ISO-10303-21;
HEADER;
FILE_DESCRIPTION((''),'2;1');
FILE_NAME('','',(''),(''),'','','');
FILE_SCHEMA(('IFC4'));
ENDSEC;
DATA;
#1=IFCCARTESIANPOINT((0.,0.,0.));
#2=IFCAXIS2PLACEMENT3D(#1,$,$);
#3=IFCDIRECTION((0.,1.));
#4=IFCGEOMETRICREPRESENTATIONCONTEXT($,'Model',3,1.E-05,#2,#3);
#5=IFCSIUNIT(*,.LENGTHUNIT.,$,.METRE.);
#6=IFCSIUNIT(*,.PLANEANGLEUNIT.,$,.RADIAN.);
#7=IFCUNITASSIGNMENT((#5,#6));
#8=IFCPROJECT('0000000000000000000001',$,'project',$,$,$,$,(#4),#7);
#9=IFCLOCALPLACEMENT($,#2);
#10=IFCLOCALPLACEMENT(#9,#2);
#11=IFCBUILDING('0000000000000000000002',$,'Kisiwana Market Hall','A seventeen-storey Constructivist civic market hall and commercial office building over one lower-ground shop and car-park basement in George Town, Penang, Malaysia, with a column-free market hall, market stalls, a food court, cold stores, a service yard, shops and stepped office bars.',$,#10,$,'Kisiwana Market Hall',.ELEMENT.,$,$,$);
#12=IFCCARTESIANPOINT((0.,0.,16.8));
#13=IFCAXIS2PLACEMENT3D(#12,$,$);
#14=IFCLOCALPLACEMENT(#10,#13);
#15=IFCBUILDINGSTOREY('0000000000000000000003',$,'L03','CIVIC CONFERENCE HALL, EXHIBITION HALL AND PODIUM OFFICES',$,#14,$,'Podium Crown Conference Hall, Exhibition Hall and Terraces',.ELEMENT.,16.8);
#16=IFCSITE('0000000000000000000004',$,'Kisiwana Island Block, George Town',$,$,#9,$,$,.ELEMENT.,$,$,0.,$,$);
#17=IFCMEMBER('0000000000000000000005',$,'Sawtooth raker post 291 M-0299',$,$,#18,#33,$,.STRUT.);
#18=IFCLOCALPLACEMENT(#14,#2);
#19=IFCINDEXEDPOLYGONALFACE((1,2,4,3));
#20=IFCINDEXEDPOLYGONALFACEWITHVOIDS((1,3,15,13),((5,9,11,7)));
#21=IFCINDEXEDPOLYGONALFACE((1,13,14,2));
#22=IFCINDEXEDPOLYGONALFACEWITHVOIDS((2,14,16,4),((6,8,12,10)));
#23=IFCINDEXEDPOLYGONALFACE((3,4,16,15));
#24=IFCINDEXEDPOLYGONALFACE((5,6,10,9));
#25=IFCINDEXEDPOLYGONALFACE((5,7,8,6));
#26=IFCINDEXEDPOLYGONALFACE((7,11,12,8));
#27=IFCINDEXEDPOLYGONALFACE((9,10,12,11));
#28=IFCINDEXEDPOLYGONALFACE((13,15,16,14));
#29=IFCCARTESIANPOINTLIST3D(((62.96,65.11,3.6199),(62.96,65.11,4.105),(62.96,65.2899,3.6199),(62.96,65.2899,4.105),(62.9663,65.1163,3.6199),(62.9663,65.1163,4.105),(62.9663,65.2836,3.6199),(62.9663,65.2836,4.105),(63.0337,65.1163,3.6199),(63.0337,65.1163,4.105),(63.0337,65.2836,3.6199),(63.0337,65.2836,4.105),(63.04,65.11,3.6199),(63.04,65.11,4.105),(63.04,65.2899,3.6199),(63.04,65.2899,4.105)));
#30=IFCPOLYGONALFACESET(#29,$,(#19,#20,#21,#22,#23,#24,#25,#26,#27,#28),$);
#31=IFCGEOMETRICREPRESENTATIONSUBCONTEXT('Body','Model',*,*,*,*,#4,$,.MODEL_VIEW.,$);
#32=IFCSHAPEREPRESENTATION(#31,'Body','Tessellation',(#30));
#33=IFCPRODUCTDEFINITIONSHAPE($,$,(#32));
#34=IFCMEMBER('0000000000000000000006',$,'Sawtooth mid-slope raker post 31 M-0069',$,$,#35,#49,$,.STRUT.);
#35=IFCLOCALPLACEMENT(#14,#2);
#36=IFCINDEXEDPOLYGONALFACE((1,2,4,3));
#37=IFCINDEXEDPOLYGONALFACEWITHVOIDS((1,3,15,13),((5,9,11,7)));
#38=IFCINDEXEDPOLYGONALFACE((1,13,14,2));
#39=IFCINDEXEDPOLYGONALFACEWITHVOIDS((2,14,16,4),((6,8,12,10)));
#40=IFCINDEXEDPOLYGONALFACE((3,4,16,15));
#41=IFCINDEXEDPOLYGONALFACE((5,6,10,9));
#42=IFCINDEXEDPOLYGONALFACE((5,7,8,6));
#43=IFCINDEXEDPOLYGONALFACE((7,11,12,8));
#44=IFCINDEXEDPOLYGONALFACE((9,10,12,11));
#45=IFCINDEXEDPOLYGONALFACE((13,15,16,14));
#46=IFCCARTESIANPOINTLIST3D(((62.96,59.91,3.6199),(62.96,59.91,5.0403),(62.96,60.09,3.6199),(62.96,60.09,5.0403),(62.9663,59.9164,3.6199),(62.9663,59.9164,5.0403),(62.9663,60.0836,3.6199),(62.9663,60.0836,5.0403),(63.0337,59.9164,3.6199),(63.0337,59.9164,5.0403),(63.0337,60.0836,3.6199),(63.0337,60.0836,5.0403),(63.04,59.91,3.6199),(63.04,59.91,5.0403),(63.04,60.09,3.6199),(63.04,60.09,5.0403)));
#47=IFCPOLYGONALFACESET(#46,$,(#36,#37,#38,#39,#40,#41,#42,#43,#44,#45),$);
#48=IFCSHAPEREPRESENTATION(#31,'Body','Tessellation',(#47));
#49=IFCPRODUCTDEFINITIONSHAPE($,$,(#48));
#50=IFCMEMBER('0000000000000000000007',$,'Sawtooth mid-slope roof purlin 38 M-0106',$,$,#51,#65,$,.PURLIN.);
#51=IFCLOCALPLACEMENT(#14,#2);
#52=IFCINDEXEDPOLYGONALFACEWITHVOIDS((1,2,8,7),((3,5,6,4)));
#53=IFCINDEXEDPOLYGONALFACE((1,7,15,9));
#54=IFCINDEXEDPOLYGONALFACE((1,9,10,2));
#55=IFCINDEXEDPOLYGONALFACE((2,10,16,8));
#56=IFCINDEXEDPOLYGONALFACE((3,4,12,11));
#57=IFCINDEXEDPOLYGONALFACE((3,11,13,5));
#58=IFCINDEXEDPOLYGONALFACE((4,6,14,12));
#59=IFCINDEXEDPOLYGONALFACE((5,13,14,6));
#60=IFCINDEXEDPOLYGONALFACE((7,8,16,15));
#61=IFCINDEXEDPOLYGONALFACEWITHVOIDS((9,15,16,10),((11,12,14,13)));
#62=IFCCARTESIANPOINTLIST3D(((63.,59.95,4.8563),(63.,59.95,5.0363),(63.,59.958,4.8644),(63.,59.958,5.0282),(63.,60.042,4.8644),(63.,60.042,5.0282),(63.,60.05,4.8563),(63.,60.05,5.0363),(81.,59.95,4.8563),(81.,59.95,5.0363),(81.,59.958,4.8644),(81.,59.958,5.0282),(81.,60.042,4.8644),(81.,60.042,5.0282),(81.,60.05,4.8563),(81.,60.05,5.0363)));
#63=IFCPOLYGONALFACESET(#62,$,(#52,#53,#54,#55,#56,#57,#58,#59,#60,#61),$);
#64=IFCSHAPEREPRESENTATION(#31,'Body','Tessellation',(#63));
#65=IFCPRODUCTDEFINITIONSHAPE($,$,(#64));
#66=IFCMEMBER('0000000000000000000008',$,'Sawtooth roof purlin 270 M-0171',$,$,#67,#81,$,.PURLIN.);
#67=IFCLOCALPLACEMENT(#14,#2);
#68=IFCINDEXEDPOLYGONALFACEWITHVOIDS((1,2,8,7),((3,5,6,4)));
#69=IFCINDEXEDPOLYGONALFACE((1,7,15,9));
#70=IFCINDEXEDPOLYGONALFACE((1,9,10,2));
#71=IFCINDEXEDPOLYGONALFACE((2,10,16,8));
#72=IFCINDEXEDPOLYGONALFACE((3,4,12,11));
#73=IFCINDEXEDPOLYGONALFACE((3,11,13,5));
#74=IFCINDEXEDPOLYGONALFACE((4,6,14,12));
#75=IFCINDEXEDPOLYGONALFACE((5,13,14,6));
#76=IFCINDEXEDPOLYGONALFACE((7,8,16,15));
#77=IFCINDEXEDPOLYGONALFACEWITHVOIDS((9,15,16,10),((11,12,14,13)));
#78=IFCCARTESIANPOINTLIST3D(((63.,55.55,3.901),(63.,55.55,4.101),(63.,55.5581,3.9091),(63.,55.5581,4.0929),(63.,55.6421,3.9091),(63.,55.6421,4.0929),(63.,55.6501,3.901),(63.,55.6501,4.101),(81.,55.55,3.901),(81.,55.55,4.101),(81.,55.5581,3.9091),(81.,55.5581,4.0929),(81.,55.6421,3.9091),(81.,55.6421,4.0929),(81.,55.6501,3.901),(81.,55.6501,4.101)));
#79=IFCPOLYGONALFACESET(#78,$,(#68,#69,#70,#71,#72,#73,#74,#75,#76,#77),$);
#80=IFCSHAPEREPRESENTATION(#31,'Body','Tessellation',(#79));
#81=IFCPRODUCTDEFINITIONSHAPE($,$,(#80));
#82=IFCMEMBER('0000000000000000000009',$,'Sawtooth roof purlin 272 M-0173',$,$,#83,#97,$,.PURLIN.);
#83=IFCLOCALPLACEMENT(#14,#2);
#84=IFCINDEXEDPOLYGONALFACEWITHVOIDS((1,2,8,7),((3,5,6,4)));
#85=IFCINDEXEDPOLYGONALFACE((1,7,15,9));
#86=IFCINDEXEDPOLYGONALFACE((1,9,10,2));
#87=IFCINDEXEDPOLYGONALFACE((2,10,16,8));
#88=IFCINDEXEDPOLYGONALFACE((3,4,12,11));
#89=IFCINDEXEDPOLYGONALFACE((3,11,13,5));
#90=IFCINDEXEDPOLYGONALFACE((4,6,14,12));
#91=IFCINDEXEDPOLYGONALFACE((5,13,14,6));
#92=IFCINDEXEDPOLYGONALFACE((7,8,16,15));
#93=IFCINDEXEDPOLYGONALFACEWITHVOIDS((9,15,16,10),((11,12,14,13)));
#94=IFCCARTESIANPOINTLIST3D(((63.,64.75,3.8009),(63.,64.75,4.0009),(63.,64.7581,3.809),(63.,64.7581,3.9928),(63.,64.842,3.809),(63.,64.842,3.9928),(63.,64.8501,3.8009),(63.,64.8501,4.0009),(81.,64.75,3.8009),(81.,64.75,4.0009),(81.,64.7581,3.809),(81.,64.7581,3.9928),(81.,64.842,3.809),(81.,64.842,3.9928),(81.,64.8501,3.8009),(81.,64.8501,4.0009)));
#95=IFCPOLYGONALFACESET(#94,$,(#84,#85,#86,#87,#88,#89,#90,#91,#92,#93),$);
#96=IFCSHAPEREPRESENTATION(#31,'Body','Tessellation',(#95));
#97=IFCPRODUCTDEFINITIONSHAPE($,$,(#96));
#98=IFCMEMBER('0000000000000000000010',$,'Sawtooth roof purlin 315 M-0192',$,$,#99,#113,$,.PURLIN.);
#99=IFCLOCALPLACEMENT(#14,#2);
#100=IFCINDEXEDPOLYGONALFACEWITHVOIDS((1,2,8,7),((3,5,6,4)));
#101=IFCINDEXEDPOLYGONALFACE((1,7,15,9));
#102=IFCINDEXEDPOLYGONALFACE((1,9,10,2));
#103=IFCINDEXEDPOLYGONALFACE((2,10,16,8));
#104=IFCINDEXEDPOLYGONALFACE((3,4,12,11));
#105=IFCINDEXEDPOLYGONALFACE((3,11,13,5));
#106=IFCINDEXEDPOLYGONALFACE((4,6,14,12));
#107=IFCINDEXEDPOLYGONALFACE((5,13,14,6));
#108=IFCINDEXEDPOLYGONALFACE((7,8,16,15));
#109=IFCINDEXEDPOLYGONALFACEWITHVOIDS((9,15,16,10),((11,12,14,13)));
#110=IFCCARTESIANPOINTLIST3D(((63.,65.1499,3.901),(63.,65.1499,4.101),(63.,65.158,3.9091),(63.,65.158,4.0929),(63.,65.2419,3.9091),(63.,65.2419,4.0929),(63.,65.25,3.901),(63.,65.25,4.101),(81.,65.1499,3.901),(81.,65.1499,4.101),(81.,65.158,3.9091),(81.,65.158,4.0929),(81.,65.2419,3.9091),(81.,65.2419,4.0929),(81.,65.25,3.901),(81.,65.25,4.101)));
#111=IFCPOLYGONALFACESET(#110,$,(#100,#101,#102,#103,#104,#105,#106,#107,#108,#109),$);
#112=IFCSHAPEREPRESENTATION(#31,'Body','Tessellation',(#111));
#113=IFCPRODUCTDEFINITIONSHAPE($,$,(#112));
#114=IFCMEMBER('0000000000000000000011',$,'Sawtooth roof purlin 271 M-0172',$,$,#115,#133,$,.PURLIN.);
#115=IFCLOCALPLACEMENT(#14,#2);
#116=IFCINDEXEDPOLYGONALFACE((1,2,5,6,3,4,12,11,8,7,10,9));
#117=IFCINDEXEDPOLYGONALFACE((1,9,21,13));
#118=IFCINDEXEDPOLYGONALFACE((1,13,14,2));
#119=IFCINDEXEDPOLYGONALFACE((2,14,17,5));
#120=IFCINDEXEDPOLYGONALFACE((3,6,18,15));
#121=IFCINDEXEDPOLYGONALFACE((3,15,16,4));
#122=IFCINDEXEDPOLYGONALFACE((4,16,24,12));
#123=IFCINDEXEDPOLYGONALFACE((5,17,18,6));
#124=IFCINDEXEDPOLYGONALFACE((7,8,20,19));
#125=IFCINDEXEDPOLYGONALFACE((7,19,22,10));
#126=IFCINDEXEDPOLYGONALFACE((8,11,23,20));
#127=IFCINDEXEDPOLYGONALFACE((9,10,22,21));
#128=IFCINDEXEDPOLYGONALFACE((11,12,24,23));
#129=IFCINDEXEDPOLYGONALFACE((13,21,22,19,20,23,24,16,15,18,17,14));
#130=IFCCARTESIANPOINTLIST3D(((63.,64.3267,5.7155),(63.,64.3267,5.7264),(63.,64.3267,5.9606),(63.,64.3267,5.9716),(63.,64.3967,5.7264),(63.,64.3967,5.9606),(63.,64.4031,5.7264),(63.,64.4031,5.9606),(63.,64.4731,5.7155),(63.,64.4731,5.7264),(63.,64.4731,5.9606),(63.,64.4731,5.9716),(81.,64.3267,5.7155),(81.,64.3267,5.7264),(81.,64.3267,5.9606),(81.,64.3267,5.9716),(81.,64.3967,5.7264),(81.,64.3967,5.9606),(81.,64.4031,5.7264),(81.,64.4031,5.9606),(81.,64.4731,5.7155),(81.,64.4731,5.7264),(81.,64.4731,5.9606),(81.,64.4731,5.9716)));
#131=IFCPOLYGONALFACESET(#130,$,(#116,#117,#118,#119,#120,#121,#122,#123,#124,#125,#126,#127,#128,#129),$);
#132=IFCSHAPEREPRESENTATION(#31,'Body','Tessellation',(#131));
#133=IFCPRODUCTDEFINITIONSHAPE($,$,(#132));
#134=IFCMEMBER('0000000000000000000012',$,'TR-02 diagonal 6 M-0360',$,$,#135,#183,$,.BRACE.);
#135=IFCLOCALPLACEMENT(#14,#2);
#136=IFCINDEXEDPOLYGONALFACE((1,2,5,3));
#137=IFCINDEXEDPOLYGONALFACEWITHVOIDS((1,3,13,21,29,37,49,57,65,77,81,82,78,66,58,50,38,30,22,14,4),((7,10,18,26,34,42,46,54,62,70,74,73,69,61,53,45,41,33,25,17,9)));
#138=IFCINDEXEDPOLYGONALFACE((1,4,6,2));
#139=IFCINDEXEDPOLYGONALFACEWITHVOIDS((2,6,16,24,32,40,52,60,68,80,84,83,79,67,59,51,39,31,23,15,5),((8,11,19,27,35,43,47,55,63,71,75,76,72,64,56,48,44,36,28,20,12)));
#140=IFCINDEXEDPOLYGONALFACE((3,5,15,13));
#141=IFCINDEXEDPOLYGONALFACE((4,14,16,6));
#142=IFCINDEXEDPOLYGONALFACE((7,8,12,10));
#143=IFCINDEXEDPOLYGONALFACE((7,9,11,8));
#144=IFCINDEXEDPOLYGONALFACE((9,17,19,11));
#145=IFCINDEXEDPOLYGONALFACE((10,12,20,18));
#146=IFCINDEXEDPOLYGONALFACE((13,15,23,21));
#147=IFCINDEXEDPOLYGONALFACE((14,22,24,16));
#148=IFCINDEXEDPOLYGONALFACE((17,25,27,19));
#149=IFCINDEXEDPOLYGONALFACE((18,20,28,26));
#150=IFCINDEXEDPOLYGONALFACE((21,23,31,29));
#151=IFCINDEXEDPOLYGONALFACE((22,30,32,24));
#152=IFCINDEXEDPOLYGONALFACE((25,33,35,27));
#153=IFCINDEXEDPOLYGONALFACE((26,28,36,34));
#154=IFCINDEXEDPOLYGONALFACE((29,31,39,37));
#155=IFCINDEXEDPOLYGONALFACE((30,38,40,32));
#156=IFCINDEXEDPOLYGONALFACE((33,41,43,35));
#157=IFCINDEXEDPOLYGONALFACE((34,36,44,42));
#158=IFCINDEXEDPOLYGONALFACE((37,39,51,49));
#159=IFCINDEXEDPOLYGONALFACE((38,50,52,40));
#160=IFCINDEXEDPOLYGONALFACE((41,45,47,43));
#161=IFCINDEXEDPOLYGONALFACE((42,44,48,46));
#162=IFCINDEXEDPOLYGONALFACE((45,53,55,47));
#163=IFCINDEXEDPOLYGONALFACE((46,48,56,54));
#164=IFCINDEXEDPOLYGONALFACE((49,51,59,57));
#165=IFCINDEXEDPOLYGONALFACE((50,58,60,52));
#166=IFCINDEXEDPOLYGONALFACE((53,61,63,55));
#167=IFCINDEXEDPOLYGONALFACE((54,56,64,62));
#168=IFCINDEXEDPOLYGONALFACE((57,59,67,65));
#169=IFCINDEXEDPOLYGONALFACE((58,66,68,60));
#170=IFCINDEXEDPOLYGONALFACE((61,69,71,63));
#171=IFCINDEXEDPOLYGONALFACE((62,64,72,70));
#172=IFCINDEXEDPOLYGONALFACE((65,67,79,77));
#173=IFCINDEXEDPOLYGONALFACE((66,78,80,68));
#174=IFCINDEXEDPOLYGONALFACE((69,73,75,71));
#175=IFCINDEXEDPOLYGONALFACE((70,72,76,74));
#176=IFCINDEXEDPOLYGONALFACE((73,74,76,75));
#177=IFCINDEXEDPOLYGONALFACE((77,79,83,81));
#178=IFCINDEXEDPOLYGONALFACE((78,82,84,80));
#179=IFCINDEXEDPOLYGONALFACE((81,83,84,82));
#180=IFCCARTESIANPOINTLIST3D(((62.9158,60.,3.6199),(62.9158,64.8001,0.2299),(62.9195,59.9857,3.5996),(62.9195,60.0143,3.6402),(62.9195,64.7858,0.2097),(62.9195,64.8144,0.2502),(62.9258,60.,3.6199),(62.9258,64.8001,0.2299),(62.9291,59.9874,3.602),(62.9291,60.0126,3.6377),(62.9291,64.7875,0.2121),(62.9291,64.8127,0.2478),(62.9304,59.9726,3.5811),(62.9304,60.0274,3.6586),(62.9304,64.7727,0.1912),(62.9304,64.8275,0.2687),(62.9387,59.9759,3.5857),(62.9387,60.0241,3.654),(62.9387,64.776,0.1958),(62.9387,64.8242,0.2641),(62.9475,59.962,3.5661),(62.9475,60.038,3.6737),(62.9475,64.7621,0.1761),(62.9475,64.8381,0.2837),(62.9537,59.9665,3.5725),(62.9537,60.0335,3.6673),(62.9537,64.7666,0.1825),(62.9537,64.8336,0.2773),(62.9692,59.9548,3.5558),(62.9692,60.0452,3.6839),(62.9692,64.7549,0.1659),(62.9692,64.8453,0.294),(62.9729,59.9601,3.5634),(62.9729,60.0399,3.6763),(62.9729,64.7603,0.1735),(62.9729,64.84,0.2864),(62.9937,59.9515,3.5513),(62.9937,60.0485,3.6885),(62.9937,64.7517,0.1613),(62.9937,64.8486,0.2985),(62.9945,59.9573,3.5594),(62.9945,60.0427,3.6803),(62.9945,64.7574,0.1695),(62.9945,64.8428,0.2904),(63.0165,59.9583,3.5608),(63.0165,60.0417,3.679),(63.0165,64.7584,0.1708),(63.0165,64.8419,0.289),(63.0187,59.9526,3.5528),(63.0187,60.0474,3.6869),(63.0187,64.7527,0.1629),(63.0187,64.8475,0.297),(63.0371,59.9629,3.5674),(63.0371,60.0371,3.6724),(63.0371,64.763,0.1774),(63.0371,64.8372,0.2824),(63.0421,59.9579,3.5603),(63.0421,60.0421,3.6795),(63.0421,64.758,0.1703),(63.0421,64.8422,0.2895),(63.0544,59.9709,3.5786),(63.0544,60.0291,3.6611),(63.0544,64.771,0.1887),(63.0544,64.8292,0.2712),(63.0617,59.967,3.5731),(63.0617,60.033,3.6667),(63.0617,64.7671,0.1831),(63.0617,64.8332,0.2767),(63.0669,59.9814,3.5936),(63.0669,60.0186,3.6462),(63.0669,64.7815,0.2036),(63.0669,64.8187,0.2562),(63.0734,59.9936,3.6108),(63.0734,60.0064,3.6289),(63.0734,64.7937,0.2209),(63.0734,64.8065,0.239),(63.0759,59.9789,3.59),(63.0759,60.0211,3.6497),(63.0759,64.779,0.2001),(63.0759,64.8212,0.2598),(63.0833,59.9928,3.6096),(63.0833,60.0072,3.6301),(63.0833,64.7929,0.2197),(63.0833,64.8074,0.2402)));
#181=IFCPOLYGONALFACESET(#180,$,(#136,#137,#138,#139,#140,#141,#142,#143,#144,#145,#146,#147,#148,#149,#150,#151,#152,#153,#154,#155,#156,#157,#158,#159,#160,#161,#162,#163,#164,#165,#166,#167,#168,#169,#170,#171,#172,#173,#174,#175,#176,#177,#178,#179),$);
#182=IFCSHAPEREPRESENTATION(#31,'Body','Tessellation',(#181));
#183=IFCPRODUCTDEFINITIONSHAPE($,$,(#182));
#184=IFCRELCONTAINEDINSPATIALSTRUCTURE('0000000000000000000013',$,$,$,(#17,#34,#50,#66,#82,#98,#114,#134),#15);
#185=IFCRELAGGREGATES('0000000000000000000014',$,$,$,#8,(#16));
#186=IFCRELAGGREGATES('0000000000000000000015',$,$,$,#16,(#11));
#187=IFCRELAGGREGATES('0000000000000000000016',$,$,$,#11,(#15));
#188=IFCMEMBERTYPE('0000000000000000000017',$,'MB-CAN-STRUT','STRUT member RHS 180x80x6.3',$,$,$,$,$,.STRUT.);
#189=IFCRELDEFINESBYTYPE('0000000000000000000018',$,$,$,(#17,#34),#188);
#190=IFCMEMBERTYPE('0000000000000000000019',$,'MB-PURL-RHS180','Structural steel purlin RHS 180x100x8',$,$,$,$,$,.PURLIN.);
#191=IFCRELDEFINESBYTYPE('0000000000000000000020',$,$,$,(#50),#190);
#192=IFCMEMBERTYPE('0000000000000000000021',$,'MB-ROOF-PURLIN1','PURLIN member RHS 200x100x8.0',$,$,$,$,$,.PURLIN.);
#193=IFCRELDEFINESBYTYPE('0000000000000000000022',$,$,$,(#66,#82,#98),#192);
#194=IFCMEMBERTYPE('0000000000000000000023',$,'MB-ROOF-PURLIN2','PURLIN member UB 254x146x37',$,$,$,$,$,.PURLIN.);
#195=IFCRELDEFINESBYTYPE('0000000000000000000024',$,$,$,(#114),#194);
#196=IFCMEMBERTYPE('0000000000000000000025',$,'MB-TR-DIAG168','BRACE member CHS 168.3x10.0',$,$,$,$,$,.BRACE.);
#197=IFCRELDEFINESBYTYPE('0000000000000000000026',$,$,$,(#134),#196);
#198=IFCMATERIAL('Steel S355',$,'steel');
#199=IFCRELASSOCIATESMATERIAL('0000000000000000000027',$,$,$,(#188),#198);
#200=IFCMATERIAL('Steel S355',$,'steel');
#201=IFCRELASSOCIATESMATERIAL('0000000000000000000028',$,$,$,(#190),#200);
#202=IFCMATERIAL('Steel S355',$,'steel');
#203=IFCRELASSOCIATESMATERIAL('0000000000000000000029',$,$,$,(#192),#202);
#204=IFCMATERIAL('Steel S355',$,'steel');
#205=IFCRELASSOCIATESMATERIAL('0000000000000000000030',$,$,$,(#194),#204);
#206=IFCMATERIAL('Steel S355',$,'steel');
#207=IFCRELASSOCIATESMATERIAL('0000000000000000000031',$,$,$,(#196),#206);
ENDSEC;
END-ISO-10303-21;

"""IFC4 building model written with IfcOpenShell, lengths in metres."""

from ifc_helpers import new_model, si_unit, direction, frame, origin, origin_2d, place, context, subcontext, project, spatial, hollow_rectangle, hollow_circle, i_section, extrude, material, material_profile, profile_set, type_object, element, save


model = new_model("IFC4")

# Units and contexts
model_context = context("Model", 3, precision=1e-05, world=origin(), true_north=direction((0.0, 1.0)))
body_context = subcontext(model_context, "Body", "Model", "MODEL_VIEW")
ifc_project = project(units=[si_unit("LENGTHUNIT", "METRE"), si_unit("PLANEANGLEUNIT", "RADIAN")], contexts=[model_context])

# Site, building, storey
site_placement = place(None, origin())
site = spatial("IfcSite", under=ifc_project, at=site_placement, Name="Kisiwana Island Block, George Town", CompositionType="ELEMENT", RefElevation=0.0)
building_placement = place(site_placement, origin())
building = spatial("IfcBuilding", under=site, at=building_placement, Name="Kisiwana Market Hall", Description="A seventeen-storey Constructivist civic market hall and commercial office building over one lower-ground shop and car-park basement in George Town, Penang, Malaysia, with a column-free market hall, market stalls, a food court, cold stores, a service yard, shops and stepped office bars.", LongName="Kisiwana Market Hall", CompositionType="ELEMENT")
storey_placement = place(building_placement, frame((0.0, 0.0, 16.8)))
storey = spatial("IfcBuildingStorey", under=building, at=storey_placement, Name="L03", Description="CIVIC CONFERENCE HALL, EXHIBITION HALL AND PODIUM OFFICES", LongName="Podium Crown Conference Hall, Exhibition Hall and Terraces", CompositionType="ELEMENT", Elevation=16.8)

# Members
ifc_material_1 = material(Name="Steel S355", Category="steel")
ifc_material_profile_1 = material_profile(ifc_material_1, hollow_rectangle(XDim=0.0801, YDim=0.1799, WallThickness=0.0063, at=origin_2d()), Name="RHS 180x80x6.3")
ifc_profile_set_1 = profile_set([ifc_material_profile_1], Name="Steel S355")
member_type_1 = type_object("IfcMemberType", Name="MB-CAN-STRUT", Description="STRUT member RHS 180x80x6.3", PredefinedType="STRUT", material=ifc_profile_set_1)
member_1_placement = place(storey_placement, frame((63.0, 65.2, 3.6199), z_axis=(0.0, 0.0, 1.0), x_axis=(1.0, 0.0, 0.0)))
element("IfcMember", 1, at=member_1_placement, inside=storey, type_object=member_type_1, Name="Sawtooth raker post 291 M-0299", PredefinedType="STRUT", context=body_context, shape_type="SweptSolid", body=[
    extrude(hollow_rectangle(XDim=0.0801, YDim=0.1799, WallThickness=0.0063, at=origin_2d()), origin(), (0.0, 0.0, 1.0), 0.4851),
])
member_2_placement = place(storey_placement, frame((63.0, 60.0, 3.6199), z_axis=(0.0, 0.0, 1.0), x_axis=(1.0, 0.0, 0.0)))
element("IfcMember", 2, at=member_2_placement, inside=storey, type_object=member_type_1, Name="Sawtooth mid-slope raker post 31 M-0069", PredefinedType="STRUT", context=body_context, shape_type="SweptSolid", body=[
    extrude(hollow_rectangle(XDim=0.0801, YDim=0.1799, WallThickness=0.0063, at=origin_2d()), origin(), (0.0, 0.0, 1.0), 1.4204),
])
ifc_material_2 = material(Name="Steel S355", Category="steel")
ifc_material_profile_2 = material_profile(ifc_material_2, hollow_rectangle(XDim=0.1001, YDim=0.1799, WallThickness=0.0081, at=origin_2d()), Name="RHS 180x100x8")
ifc_profile_set_2 = profile_set([ifc_material_profile_2], Name="Steel S355")
member_type_2 = type_object("IfcMemberType", Name="MB-PURL-RHS180", Description="Structural steel purlin RHS 180x100x8", PredefinedType="PURLIN", material=ifc_profile_set_2)
member_3_placement = place(storey_placement, frame((63.0, 60.0, 4.9463), z_axis=(1.0, 0.0, 0.0), x_axis=(0.0, 1.0, 0.0)))
element("IfcMember", 3, at=member_3_placement, inside=storey, type_object=member_type_2, Name="Sawtooth mid-slope roof purlin 38 M-0106", PredefinedType="PURLIN", context=body_context, shape_type="SweptSolid", body=[
    extrude(hollow_rectangle(XDim=0.1001, YDim=0.1799, WallThickness=0.0081, at=origin_2d()), origin(), (0.0, 0.0, 1.0), 18.0),
])
ifc_material_3 = material(Name="Steel S355", Category="steel")
ifc_material_profile_3 = material_profile(ifc_material_3, hollow_rectangle(XDim=0.1001, YDim=0.2, WallThickness=0.0081, at=origin_2d()), Name="RHS 200x100x8.0")
ifc_profile_set_3 = profile_set([ifc_material_profile_3], Name="Steel S355")
member_type_3 = type_object("IfcMemberType", Name="MB-ROOF-PURLIN1", Description="PURLIN member RHS 200x100x8.0", PredefinedType="PURLIN", material=ifc_profile_set_3)
for number, where, z_axis, x_axis, name in (
    (4, (63.0, 55.6001, 4.001), (1.0, 0.0, 0.0), (0.0, 1.0, 0.0), "Sawtooth roof purlin 270 M-0171"),
    (5, (63.0, 64.8, 3.9009), (1.0, 0.0, 0.0), (0.0, 1.0, 0.0), "Sawtooth roof purlin 272 M-0173"),
    (6, (63.0, 65.2, 4.001), (1.0, 0.0, 0.0), (0.0, 1.0, 0.0), "Sawtooth roof purlin 315 M-0192"),
):
    element("IfcMember", number, at=place(storey_placement, frame(where, z_axis=z_axis, x_axis=x_axis)), inside=storey, type_object=member_type_3, Name=name, PredefinedType="PURLIN", context=body_context, shape_type="SweptSolid", body=[
        extrude(hollow_rectangle(XDim=0.1001, YDim=0.2, WallThickness=0.0081, at=origin_2d()), origin(), (0.0, 0.0, 1.0), 18.0),
    ])
ifc_material_4 = material(Name="Steel S355", Category="steel")
ifc_material_profile_4 = material_profile(ifc_material_4, i_section(OverallWidth=0.1465, OverallDepth=0.2561, WebThickness=0.0063, FlangeThickness=0.011, at=origin_2d()), Name="UB 254x146x37")
ifc_profile_set_4 = profile_set([ifc_material_profile_4], Name="Steel S355")
member_type_4 = type_object("IfcMemberType", Name="MB-ROOF-PURLIN2", Description="PURLIN member UB 254x146x37", PredefinedType="PURLIN", material=ifc_profile_set_4)
member_4_placement = place(storey_placement, frame((63.0, 64.3999, 5.8435), z_axis=(1.0, 0.0, 0.0), x_axis=(0.0, 1.0, 0.0)))
element("IfcMember", 7, at=member_4_placement, inside=storey, type_object=member_type_4, Name="Sawtooth roof purlin 271 M-0172", PredefinedType="PURLIN", context=body_context, shape_type="SweptSolid", body=[
    extrude(i_section(OverallWidth=0.1465, OverallDepth=0.2561, WebThickness=0.0063, FlangeThickness=0.011, at=origin_2d()), origin(), (0.0, 0.0, 1.0), 18.0),
])
ifc_material_5 = material(Name="Steel S355", Category="steel")
ifc_material_profile_5 = material_profile(ifc_material_5, hollow_circle(Radius=0.0842, WallThickness=0.01, at=origin_2d()), Name="CHS 168.3x10.0")
ifc_profile_set_5 = profile_set([ifc_material_profile_5], Name="Steel S355")
member_type_5 = type_object("IfcMemberType", Name="MB-TR-DIAG168", Description="BRACE member CHS 168.3x10.0", PredefinedType="BRACE", material=ifc_profile_set_5)
for number, where, z_axis, x_axis, name in (
    (8, (63.0, 60.0, 3.6199), (0.0, 0.816838, -0.576868), (-1.0, 0.0, 0.0), "TR-02 diagonal 6 M-0360"),
):
    element("IfcMember", number, at=place(storey_placement, frame(where, z_axis=z_axis, x_axis=x_axis)), inside=storey, type_object=member_type_5, Name=name, PredefinedType="BRACE", context=body_context, shape_type="SweptSolid", body=[
        extrude(hollow_circle(Radius=0.0842, WallThickness=0.01, at=origin_2d()), origin(), (0.0, 0.0, 1.0), 5.8765),
    ])

save(model, "model.ifc")
